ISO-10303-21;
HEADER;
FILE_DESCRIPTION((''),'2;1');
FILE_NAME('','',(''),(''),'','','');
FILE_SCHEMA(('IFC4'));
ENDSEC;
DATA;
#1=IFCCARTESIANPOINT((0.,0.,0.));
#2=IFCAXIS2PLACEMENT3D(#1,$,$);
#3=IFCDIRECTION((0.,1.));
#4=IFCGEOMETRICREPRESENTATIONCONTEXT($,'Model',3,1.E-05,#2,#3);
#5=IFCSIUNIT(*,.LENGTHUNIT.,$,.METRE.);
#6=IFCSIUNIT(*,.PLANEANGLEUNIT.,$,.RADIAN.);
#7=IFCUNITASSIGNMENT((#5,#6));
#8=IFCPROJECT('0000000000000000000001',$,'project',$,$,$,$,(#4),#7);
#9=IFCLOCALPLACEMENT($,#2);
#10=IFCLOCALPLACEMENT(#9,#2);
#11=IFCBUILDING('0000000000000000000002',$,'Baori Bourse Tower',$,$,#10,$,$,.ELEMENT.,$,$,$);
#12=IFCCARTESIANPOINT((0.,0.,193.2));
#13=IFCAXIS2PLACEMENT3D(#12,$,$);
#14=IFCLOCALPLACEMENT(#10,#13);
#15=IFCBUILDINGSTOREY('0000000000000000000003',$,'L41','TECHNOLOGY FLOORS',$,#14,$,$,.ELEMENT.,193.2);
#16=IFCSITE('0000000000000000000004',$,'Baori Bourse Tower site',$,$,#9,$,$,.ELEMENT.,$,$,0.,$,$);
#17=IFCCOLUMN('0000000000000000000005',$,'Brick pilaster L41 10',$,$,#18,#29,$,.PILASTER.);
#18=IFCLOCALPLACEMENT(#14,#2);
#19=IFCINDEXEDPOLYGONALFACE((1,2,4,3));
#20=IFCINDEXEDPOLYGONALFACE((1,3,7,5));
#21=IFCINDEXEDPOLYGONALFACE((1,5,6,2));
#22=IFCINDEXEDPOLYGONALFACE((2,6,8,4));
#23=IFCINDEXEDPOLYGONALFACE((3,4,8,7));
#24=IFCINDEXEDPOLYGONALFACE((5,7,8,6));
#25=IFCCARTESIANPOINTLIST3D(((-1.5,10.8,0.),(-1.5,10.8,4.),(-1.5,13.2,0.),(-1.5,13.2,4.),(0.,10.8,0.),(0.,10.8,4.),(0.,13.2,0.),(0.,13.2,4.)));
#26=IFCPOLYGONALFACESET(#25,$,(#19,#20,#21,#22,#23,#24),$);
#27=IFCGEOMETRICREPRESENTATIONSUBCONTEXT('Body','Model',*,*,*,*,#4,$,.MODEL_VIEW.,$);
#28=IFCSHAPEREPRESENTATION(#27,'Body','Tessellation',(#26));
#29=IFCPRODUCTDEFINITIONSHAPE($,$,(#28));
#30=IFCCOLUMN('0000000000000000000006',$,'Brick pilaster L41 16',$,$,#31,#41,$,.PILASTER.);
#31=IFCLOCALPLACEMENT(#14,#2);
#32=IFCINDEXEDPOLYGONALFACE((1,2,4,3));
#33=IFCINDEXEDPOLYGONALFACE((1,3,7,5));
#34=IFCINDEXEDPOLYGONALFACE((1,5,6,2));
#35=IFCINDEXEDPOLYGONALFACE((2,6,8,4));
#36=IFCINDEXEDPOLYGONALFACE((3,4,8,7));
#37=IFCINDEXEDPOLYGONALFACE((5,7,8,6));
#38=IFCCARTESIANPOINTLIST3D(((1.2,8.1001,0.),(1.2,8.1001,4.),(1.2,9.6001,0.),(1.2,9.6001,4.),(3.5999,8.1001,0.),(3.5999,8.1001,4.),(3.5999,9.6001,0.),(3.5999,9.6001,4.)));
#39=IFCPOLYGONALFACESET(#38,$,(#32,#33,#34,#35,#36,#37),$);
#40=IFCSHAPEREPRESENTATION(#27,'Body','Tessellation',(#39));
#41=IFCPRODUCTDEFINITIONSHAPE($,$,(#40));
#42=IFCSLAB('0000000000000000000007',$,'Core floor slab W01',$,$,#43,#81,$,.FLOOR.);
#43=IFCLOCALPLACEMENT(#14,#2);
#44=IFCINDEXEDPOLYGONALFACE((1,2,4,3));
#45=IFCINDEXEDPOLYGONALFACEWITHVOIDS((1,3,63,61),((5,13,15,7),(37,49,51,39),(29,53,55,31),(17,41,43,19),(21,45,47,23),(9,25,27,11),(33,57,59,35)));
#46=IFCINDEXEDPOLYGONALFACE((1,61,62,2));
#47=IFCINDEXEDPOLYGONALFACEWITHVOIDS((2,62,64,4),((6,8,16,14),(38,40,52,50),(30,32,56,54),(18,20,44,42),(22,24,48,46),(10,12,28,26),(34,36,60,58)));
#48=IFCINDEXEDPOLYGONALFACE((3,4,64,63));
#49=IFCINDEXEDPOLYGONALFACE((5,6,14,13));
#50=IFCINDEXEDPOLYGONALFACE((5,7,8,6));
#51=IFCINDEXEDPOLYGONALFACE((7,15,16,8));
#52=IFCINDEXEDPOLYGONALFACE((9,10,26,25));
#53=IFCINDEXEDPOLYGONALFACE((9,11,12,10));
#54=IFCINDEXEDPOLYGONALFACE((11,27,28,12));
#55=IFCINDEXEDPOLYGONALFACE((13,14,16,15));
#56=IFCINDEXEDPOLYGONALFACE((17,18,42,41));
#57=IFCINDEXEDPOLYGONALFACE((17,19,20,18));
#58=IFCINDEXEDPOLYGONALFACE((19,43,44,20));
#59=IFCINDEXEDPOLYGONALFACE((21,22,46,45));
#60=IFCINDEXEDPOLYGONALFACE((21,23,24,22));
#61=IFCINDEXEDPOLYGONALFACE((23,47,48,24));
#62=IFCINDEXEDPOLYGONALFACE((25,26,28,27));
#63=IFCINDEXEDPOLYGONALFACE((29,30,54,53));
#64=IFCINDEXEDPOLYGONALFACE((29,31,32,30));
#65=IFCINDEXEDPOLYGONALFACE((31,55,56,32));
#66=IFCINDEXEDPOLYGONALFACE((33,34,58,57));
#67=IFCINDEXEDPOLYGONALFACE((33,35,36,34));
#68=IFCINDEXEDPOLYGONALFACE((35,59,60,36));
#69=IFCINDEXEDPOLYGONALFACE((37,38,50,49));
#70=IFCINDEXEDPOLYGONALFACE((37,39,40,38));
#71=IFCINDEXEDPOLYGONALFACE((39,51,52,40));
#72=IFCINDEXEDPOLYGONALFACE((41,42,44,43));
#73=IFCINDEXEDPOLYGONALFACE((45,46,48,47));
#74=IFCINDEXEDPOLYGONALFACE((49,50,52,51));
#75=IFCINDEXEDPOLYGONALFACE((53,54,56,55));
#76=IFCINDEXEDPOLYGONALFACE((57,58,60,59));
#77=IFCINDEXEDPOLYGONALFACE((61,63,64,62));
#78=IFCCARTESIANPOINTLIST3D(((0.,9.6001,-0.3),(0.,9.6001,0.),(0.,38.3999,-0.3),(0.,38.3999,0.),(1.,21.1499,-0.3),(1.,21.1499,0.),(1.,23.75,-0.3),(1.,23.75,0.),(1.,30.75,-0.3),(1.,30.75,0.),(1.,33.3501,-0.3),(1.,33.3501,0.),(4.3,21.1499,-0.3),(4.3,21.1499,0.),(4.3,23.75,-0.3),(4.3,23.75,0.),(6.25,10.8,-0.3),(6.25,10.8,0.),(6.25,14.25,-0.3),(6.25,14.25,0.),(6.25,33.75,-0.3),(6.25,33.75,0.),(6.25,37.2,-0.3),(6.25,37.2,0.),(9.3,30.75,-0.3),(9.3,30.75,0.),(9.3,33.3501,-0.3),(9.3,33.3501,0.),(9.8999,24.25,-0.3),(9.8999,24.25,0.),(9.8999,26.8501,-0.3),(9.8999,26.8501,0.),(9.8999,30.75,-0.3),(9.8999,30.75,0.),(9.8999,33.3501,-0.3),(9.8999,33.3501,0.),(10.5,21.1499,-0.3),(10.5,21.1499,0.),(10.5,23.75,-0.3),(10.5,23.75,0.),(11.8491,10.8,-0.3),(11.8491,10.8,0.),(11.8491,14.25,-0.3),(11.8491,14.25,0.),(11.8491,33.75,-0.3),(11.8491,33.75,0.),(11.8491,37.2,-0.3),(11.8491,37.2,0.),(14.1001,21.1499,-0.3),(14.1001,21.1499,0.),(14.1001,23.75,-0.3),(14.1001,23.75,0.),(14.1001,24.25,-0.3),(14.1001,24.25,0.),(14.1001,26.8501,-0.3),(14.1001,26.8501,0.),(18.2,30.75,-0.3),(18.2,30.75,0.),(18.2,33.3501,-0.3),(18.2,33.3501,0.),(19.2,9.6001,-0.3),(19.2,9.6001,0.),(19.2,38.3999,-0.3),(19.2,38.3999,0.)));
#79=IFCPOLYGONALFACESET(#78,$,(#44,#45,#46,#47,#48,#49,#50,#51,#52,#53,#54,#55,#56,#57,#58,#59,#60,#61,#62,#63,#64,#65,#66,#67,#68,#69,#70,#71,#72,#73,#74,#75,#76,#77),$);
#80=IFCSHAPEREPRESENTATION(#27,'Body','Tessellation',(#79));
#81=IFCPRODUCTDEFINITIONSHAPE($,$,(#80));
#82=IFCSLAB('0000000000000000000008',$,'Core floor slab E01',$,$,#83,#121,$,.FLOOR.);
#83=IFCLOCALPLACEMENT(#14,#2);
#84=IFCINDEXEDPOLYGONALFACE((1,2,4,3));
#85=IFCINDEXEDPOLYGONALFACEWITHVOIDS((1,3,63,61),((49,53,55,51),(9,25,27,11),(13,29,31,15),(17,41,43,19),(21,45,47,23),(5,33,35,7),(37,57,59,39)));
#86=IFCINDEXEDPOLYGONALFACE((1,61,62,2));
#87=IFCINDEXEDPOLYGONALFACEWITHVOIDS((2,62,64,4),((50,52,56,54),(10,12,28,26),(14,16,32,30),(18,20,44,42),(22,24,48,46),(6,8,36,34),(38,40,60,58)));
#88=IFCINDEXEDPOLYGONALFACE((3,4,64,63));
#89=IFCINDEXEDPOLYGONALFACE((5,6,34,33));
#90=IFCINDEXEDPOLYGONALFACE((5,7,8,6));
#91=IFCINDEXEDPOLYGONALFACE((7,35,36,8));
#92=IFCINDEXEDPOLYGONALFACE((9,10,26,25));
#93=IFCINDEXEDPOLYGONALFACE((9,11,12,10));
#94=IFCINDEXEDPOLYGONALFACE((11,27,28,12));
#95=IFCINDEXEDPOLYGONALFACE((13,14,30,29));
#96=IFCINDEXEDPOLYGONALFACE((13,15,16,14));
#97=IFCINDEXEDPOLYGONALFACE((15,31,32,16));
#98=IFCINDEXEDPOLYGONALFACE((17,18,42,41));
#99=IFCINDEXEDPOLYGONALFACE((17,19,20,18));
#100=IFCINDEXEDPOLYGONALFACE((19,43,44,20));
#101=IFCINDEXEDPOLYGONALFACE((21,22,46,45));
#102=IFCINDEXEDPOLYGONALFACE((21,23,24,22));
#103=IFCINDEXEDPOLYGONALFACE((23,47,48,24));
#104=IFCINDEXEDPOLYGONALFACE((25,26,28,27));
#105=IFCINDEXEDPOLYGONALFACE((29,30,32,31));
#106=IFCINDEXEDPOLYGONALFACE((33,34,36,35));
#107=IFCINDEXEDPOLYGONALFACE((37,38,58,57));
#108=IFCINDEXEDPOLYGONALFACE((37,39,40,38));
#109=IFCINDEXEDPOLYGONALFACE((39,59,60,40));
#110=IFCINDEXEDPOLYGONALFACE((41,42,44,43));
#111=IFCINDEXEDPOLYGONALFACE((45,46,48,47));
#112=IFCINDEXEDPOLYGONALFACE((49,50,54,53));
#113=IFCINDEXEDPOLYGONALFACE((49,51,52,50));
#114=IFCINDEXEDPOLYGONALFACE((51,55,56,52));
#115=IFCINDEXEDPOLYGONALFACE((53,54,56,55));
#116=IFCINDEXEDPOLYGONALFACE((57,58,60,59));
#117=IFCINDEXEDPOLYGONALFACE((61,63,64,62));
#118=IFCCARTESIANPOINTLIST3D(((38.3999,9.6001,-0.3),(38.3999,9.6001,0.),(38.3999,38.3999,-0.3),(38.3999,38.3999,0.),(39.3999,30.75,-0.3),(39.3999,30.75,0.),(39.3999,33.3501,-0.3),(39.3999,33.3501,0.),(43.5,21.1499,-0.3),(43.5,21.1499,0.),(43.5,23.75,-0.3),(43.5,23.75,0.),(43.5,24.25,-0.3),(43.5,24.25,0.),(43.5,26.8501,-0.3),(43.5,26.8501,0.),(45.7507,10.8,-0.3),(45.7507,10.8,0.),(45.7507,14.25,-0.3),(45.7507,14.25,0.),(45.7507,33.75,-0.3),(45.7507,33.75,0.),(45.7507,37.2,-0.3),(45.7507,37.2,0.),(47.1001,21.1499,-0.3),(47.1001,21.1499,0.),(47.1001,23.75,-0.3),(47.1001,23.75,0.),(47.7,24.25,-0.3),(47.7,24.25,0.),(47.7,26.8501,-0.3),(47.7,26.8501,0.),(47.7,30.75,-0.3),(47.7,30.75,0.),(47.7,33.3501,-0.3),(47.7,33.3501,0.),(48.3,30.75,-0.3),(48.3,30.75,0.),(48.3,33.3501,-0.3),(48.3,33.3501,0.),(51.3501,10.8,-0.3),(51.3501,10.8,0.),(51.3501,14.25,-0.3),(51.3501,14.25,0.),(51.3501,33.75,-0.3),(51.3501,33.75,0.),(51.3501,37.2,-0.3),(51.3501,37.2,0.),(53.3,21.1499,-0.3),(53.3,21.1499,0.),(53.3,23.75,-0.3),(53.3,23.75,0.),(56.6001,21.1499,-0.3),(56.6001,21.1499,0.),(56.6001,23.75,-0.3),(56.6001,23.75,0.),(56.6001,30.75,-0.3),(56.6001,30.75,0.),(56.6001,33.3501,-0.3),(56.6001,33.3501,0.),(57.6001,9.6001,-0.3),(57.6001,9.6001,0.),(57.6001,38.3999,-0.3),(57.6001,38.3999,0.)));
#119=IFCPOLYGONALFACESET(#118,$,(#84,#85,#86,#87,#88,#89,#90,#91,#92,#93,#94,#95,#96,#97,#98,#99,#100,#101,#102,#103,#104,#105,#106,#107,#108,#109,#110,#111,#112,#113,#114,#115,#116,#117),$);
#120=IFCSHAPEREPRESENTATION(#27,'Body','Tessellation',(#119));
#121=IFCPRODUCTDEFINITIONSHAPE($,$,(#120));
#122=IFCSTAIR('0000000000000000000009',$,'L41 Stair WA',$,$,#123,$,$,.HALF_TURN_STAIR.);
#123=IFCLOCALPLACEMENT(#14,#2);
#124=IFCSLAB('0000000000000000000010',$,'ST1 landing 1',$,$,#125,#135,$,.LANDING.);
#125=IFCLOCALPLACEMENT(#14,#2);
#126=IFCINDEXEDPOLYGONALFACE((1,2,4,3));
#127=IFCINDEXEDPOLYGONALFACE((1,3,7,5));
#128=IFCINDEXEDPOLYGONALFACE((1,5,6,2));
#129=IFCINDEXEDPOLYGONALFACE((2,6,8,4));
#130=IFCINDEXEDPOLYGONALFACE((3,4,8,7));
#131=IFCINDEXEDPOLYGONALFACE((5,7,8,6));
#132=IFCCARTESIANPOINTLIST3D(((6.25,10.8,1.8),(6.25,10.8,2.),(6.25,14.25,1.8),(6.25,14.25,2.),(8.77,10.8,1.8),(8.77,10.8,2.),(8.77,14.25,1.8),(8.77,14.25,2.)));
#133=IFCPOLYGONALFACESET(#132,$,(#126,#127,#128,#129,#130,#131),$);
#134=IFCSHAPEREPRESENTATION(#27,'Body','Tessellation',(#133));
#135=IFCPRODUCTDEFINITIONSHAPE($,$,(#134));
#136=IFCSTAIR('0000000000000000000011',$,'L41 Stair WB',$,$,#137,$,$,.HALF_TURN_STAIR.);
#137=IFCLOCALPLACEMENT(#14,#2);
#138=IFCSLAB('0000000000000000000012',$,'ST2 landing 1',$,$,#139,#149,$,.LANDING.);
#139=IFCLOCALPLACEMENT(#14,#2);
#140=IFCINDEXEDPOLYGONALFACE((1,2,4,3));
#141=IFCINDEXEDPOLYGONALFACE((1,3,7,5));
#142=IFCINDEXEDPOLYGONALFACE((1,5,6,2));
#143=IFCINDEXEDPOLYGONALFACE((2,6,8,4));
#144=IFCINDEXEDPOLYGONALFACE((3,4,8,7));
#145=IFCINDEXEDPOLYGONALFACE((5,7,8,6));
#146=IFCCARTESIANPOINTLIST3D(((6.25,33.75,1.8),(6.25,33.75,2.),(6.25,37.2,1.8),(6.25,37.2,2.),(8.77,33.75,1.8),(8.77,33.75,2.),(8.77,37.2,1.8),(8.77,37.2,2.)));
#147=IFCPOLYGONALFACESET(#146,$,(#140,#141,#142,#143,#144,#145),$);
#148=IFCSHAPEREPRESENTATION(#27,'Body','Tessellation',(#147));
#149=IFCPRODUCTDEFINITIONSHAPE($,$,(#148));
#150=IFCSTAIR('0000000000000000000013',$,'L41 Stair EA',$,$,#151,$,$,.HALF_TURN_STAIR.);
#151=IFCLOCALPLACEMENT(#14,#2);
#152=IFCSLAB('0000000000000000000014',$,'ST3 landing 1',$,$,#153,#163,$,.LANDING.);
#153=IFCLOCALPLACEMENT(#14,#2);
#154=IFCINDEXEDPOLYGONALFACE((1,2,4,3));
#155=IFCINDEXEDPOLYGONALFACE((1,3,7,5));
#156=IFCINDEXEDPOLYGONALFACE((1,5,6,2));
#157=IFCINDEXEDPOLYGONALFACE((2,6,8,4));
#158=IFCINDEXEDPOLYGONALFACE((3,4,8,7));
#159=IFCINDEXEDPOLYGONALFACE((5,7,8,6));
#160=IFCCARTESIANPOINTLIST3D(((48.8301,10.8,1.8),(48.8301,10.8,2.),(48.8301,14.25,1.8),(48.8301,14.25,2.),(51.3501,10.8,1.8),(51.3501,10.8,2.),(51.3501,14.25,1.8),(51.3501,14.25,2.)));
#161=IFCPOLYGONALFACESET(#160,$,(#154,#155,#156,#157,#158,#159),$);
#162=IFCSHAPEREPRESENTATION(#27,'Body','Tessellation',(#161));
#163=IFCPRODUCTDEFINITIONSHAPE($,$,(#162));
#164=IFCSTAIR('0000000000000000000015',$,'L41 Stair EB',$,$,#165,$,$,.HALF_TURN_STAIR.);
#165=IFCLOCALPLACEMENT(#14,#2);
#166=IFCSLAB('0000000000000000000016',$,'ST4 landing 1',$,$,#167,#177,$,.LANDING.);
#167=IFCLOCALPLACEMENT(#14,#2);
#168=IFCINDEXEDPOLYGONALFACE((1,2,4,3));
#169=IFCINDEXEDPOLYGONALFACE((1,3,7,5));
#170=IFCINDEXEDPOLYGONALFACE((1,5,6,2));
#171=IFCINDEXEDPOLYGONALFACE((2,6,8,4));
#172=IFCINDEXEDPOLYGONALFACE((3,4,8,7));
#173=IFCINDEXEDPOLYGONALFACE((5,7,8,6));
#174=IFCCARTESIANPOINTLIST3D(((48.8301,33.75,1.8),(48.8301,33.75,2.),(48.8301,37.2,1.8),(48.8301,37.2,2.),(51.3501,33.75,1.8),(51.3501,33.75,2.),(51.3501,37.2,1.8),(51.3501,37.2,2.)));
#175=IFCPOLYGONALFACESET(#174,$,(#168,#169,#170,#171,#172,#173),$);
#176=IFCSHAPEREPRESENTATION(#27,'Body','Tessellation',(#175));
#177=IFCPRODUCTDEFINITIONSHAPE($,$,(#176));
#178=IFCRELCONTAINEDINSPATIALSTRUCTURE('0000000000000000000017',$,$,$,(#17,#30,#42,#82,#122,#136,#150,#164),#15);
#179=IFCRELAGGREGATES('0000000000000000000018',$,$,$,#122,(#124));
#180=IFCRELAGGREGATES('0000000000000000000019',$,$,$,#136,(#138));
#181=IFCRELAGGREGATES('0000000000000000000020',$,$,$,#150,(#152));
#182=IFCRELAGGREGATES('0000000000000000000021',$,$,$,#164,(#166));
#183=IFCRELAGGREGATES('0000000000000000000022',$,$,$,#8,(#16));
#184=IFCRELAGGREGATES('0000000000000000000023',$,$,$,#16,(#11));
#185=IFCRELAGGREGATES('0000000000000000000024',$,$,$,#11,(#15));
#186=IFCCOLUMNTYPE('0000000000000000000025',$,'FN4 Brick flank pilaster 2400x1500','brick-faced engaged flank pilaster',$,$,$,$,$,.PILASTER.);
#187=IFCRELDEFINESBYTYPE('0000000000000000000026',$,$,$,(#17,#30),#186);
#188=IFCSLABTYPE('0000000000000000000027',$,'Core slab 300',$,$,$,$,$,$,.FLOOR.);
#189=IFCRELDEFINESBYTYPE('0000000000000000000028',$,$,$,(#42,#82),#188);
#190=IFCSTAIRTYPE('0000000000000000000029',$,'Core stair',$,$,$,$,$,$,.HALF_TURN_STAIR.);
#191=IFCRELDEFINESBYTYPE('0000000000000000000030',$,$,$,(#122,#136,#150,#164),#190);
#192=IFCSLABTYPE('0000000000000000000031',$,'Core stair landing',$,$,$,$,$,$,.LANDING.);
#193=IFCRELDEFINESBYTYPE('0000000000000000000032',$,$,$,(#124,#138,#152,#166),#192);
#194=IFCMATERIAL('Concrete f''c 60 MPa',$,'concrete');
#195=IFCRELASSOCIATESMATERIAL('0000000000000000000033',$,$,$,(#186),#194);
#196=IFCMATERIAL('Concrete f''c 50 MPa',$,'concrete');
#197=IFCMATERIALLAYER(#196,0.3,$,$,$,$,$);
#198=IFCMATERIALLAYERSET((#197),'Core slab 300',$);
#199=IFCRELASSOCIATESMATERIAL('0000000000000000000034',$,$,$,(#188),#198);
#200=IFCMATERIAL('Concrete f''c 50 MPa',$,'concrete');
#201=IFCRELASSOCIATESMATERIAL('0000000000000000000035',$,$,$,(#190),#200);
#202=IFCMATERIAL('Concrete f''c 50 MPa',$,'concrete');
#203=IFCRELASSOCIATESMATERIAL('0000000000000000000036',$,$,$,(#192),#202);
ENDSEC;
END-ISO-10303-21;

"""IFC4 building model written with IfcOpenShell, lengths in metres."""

from ifc_helpers import new_model, si_unit, direction, frame, origin, origin_2d, place, context, subcontext, project, spatial, polyline, rectangle, outline, extrude, material, layer, layer_set, material_profile, profile_set, type_object, element, aggregate, save


model = new_model("IFC4")

# Units and contexts
model_context = context("Model", 3, precision=1e-05, world=origin(), true_north=direction((0.0, 1.0)))
body_context = subcontext(model_context, "Body", "Model", "MODEL_VIEW")
ifc_project = project(units=[si_unit("LENGTHUNIT", "METRE"), si_unit("PLANEANGLEUNIT", "RADIAN")], contexts=[model_context])

# Site, building, storey
site_placement = place(None, origin())
site = spatial("IfcSite", under=ifc_project, at=site_placement, Name="Baori Bourse Tower site", CompositionType="ELEMENT", RefElevation=0.0)
building_placement = place(site_placement, origin())
building = spatial("IfcBuilding", under=site, at=building_placement, Name="Baori Bourse Tower", CompositionType="ELEMENT")
storey_placement = place(building_placement, frame((0.0, 0.0, 193.2)))
storey = spatial("IfcBuildingStorey", under=building, at=storey_placement, Name="L41", Description="TECHNOLOGY FLOORS", CompositionType="ELEMENT", Elevation=193.2)

# Columns
ifc_material_1 = material(Name="Concrete f'c 60 MPa", Category="concrete")
ifc_material_profile = material_profile(ifc_material_1, rectangle(XDim=2.3999, YDim=1.5, at=origin_2d()), Name="RC 2400x1500")
ifc_profile_set = profile_set([ifc_material_profile], Name="Concrete f'c 60 MPa")
column_type = type_object("IfcColumnType", Name="FN4 Brick flank pilaster 2400x1500", Description="brick-faced engaged flank pilaster", PredefinedType="PILASTER", material=ifc_profile_set)
for number, where, z_axis, x_axis, name in (
    (1, (-0.75, 12.0, 0.0), (0.0, 0.0, 1.0), (0.0, 1.0, 0.0), "Brick pilaster L41 10"),
    (2, (2.3999, 8.8501, 0.0), (0.0, 0.0, 1.0), (1.0, 0.0, 0.0), "Brick pilaster L41 16"),
):
    element("IfcColumn", number, at=place(storey_placement, frame(where, z_axis=z_axis, x_axis=x_axis)), inside=storey, type_object=column_type, Name=name, PredefinedType="PILASTER", context=body_context, shape_type="SweptSolid", body=[
        extrude(rectangle(XDim=2.3999, YDim=1.5, at=origin_2d()), origin(), (0.0, 0.0, 1.0), 4.0),
    ])

# Slabs
ifc_material_2 = material(Name="Concrete f'c 50 MPa", Category="concrete")
ifc_layer_1 = layer(ifc_material_2, 0.3)
ifc_layer_set_1 = layer_set([ifc_layer_1], Name="Core slab 300")
slab_type_1 = type_object("IfcSlabType", Name="Core slab 300", PredefinedType="FLOOR", material=ifc_layer_set_1)
slab_1_placement = place(storey_placement, frame((0.0, 0.0, -0.3)))
element("IfcSlab", 3, at=slab_1_placement, inside=storey, type_object=slab_type_1, Name="Core floor slab W01", PredefinedType="FLOOR", context=body_context, shape_type="SweptSolid", body=[
    extrude(outline(polyline([(19.2, 38.3999), (0.0, 38.3999), (0.0, 9.6001), (19.2, 9.6001), (19.2, 38.3999)]), holes=[polyline([(9.8999, 33.3501), (18.2, 33.3501), (18.2, 30.75), (9.8999, 30.75), (9.8999, 33.3501)]), polyline([(10.5, 21.1499), (10.5, 23.75), (14.1001, 23.75), (14.1001, 21.1499), (10.5, 21.1499)]), polyline([(14.1001, 24.25), (9.8999, 24.25), (9.8999, 26.8501), (14.1001, 26.8501), (14.1001, 24.25)]), polyline([(6.25, 14.25), (11.8491, 14.25), (11.8491, 10.8), (6.25, 10.8), (6.25, 14.25)]), polyline([(11.8491, 37.2), (11.8491, 33.75), (6.25, 33.75), (6.25, 37.2), (11.8491, 37.2)]), polyline([(1.0, 30.75), (1.0, 33.3501), (9.3, 33.3501), (9.3, 30.75), (1.0, 30.75)]), polyline([(4.3, 23.75), (4.3, 21.1499), (1.0, 21.1499), (1.0, 23.75), (4.3, 23.75)])]), origin(), (0.0, 0.0, 1.0), 0.3),
])
slab_2_placement = place(storey_placement, frame((0.0, 0.0, -0.3)))
element("IfcSlab", 4, at=slab_2_placement, inside=storey, type_object=slab_type_1, Name="Core floor slab E01", PredefinedType="FLOOR", context=body_context, shape_type="SweptSolid", body=[
    extrude(outline(polyline([(57.6001, 9.6001), (57.6001, 38.3999), (38.3999, 38.3999), (38.3999, 9.6001), (57.6001, 9.6001)]), holes=[polyline([(48.3, 33.3501), (56.6001, 33.3501), (56.6001, 30.75), (48.3, 30.75), (48.3, 33.3501)]), polyline([(56.6001, 21.1499), (53.3, 21.1499), (53.3, 23.75), (56.6001, 23.75), (56.6001, 21.1499)]), polyline([(45.7507, 14.25), (51.3501, 14.25), (51.3501, 10.8), (45.7507, 10.8), (45.7507, 14.25)]), polyline([(51.3501, 37.2), (51.3501, 33.75), (45.7507, 33.75), (45.7507, 37.2), (51.3501, 37.2)]), polyline([(43.5, 24.25), (43.5, 26.8501), (47.7, 26.8501), (47.7, 24.25), (43.5, 24.25)]), polyline([(47.7, 33.3501), (47.7, 30.75), (39.3999, 30.75), (39.3999, 33.3501), (47.7, 33.3501)]), polyline([(43.5, 23.75), (47.1001, 23.75), (47.1001, 21.1499), (43.5, 21.1499), (43.5, 23.75)])]), origin(), (0.0, 0.0, 1.0), 0.3),
])

# Stairs, slabs
ifc_material_3 = material(Name="Concrete f'c 50 MPa", Category="concrete")
stair_type = type_object("IfcStairType", Name="Core stair", PredefinedType="HALF_TURN_STAIR", material=ifc_material_3)
stair_1_placement = place(storey_placement, origin())
stair_1 = element("IfcStair", 5, at=stair_1_placement, inside=storey, type_object=stair_type, Name="L41 Stair WA", PredefinedType="HALF_TURN_STAIR")
ifc_material_4 = material(Name="Concrete f'c 50 MPa", Category="concrete")
slab_type_2 = type_object("IfcSlabType", Name="Core stair landing", PredefinedType="LANDING", material=ifc_material_4)
slab_3_placement = place(storey_placement, frame((0.0, 0.0, 1.8)))
slab_3 = element("IfcSlab", 6, at=slab_3_placement, type_object=slab_type_2, Name="ST1 landing 1", PredefinedType="LANDING", context=body_context, shape_type="SweptSolid", body=[
    extrude(outline(polyline([(8.77, 14.25), (6.25, 14.25), (6.25, 10.8), (8.77, 10.8), (8.77, 14.25)])), origin(), (0.0, 0.0, 1.0), 0.2),
])
aggregate(stair_1, [slab_3])
stair_2_placement = place(storey_placement, origin())
stair_2 = element("IfcStair", 7, at=stair_2_placement, inside=storey, type_object=stair_type, Name="L41 Stair WB", PredefinedType="HALF_TURN_STAIR")
slab_4_placement = place(storey_placement, frame((0.0, 0.0, 1.8)))
slab_4 = element("IfcSlab", 8, at=slab_4_placement, type_object=slab_type_2, Name="ST2 landing 1", PredefinedType="LANDING", context=body_context, shape_type="SweptSolid", body=[
    extrude(outline(polyline([(8.77, 37.2), (6.25, 37.2), (6.25, 33.75), (8.77, 33.75), (8.77, 37.2)])), origin(), (0.0, 0.0, 1.0), 0.2),
])
aggregate(stair_2, [slab_4])
stair_3_placement = place(storey_placement, origin())
stair_3 = element("IfcStair", 9, at=stair_3_placement, inside=storey, type_object=stair_type, Name="L41 Stair EA", PredefinedType="HALF_TURN_STAIR")
slab_5_placement = place(storey_placement, frame((0.0, 0.0, 1.8)))
slab_5 = element("IfcSlab", 10, at=slab_5_placement, type_object=slab_type_2, Name="ST3 landing 1", PredefinedType="LANDING", context=body_context, shape_type="SweptSolid", body=[
    extrude(outline(polyline([(48.8301, 10.8), (51.3501, 10.8), (51.3501, 14.25), (48.8301, 14.25), (48.8301, 10.8)])), origin(), (0.0, 0.0, 1.0), 0.2),
])
aggregate(stair_3, [slab_5])
stair_4_placement = place(storey_placement, origin())
stair_4 = element("IfcStair", 11, at=stair_4_placement, inside=storey, type_object=stair_type, Name="L41 Stair EB", PredefinedType="HALF_TURN_STAIR")
slab_6_placement = place(storey_placement, frame((0.0, 0.0, 1.8)))
slab_6 = element("IfcSlab", 12, at=slab_6_placement, type_object=slab_type_2, Name="ST4 landing 1", PredefinedType="LANDING", context=body_context, shape_type="SweptSolid", body=[
    extrude(outline(polyline([(48.8301, 33.75), (51.3501, 33.75), (51.3501, 37.2), (48.8301, 37.2), (48.8301, 33.75)])), origin(), (0.0, 0.0, 1.0), 0.2),
])
aggregate(stair_4, [slab_6])

save(model, "model.ifc")
